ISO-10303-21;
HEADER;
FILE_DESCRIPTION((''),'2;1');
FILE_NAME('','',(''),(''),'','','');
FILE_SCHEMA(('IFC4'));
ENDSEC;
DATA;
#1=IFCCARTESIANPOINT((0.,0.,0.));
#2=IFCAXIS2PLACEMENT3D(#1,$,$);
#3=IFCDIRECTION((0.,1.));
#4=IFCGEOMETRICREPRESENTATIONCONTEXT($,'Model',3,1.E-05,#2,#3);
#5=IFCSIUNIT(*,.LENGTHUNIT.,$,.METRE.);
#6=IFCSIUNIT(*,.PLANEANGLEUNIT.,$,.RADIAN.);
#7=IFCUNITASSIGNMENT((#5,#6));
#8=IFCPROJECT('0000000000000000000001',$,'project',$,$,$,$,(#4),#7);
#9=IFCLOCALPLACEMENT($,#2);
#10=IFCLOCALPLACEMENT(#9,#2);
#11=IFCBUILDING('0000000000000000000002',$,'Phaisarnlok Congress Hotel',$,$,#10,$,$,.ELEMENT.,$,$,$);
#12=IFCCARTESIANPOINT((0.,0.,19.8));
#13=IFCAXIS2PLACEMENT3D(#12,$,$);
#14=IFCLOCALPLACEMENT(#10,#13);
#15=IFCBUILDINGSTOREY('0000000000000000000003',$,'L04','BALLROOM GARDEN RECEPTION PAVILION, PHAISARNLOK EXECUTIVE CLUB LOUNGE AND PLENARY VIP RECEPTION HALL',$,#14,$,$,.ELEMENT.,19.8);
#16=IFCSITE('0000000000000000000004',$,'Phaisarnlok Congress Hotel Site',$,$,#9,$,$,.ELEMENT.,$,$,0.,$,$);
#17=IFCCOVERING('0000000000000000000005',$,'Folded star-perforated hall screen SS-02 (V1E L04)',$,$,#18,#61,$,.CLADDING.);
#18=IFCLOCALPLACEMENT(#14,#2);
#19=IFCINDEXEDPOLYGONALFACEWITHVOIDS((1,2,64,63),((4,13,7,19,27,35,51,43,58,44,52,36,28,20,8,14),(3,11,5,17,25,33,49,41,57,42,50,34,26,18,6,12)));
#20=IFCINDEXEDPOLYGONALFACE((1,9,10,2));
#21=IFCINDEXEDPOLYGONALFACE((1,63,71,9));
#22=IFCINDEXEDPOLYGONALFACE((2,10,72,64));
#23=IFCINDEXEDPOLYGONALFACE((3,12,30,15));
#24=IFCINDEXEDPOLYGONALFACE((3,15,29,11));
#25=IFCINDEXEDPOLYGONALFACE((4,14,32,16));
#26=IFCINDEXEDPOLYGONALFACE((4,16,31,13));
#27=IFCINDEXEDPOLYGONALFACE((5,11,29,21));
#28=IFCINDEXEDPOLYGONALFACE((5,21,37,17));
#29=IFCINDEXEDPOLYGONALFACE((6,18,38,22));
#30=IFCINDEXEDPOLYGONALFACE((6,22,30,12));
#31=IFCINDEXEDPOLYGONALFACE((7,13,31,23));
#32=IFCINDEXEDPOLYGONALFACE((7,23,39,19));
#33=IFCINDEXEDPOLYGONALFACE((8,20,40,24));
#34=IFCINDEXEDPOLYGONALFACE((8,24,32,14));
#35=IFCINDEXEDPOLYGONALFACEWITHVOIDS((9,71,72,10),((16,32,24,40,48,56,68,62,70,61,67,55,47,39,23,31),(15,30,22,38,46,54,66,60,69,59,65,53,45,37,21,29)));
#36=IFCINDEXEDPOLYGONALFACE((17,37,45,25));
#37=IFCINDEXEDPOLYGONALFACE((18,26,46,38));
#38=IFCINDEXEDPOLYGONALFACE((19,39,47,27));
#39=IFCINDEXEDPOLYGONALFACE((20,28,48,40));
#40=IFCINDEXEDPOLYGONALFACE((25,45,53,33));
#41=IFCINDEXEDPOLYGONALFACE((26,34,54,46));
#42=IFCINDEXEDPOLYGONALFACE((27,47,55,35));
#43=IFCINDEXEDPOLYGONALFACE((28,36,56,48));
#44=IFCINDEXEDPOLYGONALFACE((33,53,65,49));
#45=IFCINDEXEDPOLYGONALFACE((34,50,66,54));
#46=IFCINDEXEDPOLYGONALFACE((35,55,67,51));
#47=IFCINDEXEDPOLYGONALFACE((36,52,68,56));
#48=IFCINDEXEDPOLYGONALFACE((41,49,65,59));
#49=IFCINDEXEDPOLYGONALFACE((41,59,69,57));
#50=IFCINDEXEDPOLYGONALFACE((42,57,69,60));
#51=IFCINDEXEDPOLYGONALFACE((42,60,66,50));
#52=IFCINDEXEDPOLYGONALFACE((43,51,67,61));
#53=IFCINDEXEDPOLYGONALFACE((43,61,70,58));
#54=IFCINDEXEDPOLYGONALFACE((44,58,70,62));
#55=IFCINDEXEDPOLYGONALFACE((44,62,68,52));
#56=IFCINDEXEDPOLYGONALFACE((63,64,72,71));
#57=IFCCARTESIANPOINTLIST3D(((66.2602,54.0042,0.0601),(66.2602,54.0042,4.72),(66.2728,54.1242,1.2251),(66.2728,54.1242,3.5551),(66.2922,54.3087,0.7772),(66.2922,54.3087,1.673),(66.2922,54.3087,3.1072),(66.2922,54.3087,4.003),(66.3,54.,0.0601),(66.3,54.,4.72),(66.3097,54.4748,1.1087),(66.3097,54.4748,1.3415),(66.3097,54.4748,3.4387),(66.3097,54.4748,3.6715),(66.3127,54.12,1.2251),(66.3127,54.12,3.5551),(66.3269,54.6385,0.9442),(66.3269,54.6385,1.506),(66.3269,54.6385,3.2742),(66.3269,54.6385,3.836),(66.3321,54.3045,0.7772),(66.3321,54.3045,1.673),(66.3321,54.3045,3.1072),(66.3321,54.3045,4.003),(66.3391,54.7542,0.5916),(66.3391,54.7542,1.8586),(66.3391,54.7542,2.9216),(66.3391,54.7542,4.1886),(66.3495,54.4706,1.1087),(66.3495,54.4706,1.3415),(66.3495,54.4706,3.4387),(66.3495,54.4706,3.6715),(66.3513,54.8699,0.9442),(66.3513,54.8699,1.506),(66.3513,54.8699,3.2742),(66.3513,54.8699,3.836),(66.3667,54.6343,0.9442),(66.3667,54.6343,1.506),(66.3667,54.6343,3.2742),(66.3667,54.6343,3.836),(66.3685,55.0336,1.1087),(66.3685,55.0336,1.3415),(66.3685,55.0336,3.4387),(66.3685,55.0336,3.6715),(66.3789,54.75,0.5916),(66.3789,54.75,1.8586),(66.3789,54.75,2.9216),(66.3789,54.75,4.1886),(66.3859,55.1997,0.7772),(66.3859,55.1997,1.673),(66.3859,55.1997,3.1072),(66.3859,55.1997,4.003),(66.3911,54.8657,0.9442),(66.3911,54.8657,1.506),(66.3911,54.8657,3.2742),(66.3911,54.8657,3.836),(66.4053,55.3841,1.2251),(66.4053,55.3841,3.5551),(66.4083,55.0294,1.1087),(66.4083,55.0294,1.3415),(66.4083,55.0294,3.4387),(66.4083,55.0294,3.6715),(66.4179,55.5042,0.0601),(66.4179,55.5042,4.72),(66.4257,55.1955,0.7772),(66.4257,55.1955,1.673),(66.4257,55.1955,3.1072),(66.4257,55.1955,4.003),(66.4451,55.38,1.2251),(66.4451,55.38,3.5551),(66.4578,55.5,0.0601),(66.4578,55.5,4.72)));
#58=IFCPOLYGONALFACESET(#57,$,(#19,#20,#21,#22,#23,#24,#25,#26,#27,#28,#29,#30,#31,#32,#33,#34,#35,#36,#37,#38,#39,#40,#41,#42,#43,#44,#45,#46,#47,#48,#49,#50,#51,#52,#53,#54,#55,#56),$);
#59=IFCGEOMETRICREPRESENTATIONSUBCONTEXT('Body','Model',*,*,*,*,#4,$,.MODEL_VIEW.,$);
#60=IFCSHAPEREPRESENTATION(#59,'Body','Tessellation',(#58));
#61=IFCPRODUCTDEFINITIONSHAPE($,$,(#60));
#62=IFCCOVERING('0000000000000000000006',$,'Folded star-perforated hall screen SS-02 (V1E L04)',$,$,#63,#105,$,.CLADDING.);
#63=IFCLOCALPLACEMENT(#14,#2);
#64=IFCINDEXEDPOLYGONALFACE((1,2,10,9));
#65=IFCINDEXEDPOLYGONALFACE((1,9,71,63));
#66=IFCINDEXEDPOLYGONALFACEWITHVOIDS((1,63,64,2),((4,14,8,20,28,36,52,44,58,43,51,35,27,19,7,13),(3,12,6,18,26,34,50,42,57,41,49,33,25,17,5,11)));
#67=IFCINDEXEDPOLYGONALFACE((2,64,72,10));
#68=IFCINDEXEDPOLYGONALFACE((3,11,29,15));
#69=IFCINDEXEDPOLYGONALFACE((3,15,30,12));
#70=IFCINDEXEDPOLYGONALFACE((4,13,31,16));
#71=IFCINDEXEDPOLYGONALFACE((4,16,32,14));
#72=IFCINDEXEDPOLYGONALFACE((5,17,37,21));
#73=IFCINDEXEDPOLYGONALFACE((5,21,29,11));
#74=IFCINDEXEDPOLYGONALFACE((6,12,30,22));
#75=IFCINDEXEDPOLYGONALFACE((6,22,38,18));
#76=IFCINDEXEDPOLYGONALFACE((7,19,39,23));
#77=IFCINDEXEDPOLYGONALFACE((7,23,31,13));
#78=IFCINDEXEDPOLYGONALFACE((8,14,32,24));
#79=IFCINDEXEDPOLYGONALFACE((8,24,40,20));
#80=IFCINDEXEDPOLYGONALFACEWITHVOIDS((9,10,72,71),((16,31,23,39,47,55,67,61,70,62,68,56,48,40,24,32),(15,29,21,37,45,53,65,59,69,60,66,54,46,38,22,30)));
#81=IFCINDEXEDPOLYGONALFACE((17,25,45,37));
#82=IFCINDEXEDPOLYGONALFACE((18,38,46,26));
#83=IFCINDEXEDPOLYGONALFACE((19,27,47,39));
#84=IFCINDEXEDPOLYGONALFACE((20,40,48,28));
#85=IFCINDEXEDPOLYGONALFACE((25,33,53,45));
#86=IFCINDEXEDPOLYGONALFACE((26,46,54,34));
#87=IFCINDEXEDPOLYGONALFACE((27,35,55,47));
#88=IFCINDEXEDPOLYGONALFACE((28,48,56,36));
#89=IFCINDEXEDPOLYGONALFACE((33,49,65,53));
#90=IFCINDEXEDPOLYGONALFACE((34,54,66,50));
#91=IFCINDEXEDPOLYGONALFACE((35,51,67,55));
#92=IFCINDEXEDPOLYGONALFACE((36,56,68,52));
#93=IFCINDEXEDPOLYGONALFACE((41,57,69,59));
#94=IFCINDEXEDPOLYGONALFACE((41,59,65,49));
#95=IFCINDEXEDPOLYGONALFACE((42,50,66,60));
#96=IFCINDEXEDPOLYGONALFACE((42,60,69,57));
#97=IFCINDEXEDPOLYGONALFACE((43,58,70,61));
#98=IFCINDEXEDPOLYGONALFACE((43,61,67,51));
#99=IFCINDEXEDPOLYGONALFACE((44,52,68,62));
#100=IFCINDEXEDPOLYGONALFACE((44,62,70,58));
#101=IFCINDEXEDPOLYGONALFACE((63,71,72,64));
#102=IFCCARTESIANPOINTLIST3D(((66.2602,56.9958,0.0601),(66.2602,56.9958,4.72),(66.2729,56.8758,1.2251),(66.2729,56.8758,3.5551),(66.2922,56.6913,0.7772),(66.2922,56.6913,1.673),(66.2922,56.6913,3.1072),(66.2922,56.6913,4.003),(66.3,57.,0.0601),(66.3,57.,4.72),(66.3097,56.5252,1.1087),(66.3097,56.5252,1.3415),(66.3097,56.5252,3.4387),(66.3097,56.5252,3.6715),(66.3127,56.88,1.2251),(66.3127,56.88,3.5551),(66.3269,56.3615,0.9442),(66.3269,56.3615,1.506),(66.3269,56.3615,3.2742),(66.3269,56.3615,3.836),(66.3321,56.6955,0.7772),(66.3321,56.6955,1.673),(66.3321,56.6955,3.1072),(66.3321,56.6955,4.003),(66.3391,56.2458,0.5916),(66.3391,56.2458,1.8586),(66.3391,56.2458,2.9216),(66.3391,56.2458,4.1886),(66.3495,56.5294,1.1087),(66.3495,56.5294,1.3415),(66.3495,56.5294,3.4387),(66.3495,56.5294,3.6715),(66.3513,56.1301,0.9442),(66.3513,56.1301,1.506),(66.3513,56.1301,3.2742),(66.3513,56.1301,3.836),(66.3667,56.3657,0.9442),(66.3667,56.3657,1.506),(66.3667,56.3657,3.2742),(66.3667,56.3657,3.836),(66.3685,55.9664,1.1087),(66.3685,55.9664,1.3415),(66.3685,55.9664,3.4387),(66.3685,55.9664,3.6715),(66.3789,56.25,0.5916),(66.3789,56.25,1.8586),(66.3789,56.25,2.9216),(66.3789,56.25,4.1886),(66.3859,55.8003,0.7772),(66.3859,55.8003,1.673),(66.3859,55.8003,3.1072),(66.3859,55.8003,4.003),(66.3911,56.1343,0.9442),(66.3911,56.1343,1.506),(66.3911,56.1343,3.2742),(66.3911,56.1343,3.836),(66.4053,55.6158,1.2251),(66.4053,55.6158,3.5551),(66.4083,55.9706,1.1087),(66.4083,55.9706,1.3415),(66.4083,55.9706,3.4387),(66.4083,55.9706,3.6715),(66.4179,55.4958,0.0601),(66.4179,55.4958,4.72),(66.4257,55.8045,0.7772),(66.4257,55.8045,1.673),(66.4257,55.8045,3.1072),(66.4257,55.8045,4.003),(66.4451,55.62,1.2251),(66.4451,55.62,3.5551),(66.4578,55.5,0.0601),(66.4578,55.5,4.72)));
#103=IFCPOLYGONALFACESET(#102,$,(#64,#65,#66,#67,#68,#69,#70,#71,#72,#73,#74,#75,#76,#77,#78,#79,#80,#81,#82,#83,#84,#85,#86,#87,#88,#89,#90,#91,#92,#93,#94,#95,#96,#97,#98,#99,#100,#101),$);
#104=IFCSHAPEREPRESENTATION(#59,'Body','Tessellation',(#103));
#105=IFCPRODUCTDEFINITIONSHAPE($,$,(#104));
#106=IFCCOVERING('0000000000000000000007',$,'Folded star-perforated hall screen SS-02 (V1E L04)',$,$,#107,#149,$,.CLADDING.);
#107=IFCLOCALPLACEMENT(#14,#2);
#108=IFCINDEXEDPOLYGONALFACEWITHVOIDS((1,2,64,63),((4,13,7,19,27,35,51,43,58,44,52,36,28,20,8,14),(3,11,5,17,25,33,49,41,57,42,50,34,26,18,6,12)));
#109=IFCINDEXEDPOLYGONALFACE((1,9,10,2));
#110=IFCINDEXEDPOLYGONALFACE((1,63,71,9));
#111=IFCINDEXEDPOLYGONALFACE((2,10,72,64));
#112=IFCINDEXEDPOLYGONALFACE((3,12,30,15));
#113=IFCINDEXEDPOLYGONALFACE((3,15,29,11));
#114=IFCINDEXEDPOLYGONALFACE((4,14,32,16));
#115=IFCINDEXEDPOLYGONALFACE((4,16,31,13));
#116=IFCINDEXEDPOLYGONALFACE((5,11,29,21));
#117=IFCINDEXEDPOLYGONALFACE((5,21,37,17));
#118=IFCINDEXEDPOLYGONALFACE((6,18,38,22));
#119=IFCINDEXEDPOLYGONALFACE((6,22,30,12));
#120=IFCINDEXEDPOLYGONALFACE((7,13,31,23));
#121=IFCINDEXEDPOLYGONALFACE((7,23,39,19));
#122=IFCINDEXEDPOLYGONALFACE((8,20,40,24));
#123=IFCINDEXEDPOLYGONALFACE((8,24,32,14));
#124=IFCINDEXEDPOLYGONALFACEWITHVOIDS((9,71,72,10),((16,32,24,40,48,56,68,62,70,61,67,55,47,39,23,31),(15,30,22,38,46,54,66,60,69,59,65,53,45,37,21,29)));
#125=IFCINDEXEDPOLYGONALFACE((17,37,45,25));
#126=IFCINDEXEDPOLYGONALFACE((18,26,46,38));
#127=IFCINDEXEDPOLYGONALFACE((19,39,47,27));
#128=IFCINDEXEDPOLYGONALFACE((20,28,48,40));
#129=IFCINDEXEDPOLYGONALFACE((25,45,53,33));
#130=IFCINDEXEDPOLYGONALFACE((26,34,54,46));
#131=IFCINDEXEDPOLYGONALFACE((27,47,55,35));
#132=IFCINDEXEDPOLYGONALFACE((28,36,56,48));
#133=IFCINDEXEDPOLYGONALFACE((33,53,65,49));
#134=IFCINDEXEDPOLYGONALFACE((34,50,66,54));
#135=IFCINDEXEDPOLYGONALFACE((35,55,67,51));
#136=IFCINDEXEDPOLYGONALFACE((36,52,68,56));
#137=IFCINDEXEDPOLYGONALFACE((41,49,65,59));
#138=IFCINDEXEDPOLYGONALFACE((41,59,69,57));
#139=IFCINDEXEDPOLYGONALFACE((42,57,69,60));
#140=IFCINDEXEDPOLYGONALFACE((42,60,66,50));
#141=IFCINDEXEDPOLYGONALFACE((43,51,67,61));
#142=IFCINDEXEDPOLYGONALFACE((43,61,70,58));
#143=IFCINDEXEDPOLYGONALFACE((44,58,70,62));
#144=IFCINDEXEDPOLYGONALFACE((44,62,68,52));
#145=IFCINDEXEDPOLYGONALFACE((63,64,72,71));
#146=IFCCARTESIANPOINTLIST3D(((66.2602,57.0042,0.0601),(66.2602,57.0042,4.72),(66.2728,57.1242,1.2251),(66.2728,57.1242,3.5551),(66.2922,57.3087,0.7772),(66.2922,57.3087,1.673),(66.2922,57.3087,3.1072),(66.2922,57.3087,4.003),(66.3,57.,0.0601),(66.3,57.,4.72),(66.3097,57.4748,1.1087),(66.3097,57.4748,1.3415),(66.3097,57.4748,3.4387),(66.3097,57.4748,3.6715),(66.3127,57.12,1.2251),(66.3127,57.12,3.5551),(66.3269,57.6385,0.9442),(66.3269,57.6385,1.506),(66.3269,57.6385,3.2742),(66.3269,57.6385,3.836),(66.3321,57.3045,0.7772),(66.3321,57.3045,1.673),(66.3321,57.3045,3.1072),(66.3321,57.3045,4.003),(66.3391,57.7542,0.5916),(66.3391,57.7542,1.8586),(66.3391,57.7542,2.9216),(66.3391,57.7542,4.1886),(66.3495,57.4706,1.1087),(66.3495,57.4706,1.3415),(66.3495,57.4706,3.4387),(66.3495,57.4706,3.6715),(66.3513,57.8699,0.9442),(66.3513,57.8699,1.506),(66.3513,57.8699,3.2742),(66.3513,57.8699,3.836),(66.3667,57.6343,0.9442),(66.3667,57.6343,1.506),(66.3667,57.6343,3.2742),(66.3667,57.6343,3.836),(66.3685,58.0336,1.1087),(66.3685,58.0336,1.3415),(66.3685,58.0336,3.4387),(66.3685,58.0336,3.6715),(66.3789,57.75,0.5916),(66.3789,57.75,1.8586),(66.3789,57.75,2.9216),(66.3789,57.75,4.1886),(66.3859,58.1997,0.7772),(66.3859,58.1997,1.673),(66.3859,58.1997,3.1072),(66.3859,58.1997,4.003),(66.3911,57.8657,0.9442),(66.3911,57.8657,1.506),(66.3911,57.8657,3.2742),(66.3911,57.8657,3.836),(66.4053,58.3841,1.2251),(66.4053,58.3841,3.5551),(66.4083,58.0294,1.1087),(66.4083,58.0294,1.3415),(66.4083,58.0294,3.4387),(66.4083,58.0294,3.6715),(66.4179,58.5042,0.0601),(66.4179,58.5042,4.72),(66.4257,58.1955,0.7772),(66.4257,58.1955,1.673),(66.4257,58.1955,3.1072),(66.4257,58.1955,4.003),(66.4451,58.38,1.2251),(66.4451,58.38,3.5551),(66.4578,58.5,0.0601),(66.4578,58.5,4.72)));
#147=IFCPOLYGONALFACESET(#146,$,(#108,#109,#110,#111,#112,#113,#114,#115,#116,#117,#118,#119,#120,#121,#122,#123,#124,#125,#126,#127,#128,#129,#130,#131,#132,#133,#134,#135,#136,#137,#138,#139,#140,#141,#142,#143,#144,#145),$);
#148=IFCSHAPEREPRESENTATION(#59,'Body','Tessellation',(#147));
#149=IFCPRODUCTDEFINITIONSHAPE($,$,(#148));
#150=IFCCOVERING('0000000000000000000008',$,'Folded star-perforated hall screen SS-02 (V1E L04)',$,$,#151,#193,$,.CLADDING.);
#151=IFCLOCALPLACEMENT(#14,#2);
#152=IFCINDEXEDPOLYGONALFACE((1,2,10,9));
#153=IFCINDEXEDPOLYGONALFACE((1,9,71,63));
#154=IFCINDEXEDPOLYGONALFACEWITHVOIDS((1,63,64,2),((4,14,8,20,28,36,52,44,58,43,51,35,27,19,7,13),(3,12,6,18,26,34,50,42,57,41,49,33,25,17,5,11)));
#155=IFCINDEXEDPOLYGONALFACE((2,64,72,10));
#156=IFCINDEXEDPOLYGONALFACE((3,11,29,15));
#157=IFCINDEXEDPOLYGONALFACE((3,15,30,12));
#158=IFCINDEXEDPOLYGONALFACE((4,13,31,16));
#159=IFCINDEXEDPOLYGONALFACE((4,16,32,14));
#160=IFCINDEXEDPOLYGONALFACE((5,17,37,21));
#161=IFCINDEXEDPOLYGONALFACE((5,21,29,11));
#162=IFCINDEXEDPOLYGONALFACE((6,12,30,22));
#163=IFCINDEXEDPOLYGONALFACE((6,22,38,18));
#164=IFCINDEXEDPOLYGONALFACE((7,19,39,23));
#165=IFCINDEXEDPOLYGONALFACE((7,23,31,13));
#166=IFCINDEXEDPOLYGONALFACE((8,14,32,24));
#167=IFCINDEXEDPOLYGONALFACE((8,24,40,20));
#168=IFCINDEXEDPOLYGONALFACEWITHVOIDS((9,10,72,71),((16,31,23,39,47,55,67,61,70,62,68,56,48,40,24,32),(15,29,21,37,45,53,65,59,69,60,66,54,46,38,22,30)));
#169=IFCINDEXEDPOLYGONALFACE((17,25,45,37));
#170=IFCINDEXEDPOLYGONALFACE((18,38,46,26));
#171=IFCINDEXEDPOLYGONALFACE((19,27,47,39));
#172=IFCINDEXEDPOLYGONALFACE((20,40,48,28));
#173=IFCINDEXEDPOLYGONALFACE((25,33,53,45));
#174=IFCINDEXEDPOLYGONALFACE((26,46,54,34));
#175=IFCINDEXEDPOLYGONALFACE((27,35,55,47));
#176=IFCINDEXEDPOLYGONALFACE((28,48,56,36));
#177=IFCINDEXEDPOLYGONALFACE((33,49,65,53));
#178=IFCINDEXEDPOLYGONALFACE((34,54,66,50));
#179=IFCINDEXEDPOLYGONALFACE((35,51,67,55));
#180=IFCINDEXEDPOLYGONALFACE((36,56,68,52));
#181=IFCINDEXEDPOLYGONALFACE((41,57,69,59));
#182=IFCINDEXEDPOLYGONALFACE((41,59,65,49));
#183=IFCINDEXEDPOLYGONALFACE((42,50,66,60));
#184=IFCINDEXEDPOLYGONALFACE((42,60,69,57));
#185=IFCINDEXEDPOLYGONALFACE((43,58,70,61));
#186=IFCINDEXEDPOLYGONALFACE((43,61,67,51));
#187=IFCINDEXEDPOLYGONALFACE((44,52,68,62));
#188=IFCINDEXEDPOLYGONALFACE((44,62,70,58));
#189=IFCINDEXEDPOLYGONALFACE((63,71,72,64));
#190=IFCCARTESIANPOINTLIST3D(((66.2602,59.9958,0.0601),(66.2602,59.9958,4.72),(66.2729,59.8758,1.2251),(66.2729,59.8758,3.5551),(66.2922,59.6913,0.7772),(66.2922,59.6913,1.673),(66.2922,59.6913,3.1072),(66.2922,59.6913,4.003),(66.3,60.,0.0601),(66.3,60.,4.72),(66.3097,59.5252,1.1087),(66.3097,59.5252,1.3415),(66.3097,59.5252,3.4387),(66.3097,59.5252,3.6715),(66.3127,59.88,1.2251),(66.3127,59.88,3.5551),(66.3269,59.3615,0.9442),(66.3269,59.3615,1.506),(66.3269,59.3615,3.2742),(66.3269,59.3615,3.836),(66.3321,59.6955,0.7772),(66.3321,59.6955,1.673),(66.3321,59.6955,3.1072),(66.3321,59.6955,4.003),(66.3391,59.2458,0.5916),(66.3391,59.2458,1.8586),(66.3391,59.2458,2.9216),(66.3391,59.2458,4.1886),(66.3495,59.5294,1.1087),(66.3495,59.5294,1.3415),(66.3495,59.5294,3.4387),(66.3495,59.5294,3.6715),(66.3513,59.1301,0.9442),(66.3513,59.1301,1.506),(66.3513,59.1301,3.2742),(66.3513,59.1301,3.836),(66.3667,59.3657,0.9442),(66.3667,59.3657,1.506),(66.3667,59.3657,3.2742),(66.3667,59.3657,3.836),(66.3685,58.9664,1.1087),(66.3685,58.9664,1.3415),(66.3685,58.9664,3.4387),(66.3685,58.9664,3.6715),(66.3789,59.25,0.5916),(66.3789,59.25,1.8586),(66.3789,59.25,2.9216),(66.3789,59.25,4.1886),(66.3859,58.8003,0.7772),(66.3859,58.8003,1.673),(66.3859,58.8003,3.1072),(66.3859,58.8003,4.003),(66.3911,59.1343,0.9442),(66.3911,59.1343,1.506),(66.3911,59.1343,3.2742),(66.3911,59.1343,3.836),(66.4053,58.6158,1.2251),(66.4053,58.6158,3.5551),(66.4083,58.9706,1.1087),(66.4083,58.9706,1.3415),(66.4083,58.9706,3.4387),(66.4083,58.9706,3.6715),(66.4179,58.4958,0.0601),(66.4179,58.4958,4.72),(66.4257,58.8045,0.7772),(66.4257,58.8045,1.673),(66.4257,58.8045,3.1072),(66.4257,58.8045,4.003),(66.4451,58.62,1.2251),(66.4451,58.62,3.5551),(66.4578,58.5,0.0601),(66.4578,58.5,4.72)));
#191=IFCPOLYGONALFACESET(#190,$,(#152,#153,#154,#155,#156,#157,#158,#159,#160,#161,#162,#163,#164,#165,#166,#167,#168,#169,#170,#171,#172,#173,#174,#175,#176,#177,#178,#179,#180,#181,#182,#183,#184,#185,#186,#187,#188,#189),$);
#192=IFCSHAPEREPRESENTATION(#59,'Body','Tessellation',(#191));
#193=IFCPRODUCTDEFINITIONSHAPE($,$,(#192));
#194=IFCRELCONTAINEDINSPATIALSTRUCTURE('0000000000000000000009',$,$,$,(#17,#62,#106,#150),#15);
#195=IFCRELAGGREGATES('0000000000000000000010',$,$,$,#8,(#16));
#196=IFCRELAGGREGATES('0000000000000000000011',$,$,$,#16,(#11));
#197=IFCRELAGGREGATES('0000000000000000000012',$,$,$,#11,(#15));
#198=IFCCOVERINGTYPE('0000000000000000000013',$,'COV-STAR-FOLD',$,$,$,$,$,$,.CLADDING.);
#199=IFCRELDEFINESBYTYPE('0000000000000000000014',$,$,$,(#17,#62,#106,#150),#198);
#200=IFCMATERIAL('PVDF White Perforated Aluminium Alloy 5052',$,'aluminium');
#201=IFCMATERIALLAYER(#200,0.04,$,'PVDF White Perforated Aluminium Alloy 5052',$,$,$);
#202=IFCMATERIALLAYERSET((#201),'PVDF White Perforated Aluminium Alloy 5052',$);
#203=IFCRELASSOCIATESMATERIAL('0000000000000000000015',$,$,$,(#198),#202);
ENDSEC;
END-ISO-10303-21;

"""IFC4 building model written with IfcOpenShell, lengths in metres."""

from ifc_helpers import new_model, si_unit, direction, frame, origin, place, context, subcontext, project, spatial, polyline, outline, extrude, material, layer, layer_set, type_object, element, save


model = new_model("IFC4")

# Units and contexts
model_context = context("Model", 3, precision=1e-05, world=origin(), true_north=direction((0.0, 1.0)))
body_context = subcontext(model_context, "Body", "Model", "MODEL_VIEW")
ifc_project = project(units=[si_unit("LENGTHUNIT", "METRE"), si_unit("PLANEANGLEUNIT", "RADIAN")], contexts=[model_context])

# Site, building, storey
site_placement = place(None, origin())
site = spatial("IfcSite", under=ifc_project, at=site_placement, Name="Phaisarnlok Congress Hotel Site", CompositionType="ELEMENT", RefElevation=0.0)
building_placement = place(site_placement, origin())
building = spatial("IfcBuilding", under=site, at=building_placement, Name="Phaisarnlok Congress Hotel", CompositionType="ELEMENT")
storey_placement = place(building_placement, frame((0.0, 0.0, 19.8)))
storey = spatial("IfcBuildingStorey", under=building, at=storey_placement, Name="L04", Description="BALLROOM GARDEN RECEPTION PAVILION, PHAISARNLOK EXECUTIVE CLUB LOUNGE AND PLENARY VIP RECEPTION HALL", CompositionType="ELEMENT", Elevation=19.8)

# Coverings
ifc_material_1 = material(Name="PVDF White Perforated Aluminium Alloy 5052", Category="aluminium")
ifc_layer_1 = layer(ifc_material_1, 0.04, Name="PVDF White Perforated Aluminium Alloy 5052")
ifc_layer_set_1 = layer_set([ifc_layer_1], Name="PVDF White Perforated Aluminium Alloy 5052")
covering_type = type_object("IfcCoveringType", Name="COV-STAR-FOLD", PredefinedType="CLADDING", material=ifc_layer_set_1)
for number, where, z_axis, x_axis, name in (
    (1, (66.4578, 55.5, 0.0601), (-0.994518, 0.104567, 0.0), (-0.104567, -0.994518, 0.0), "Folded star-perforated hall screen SS-02 (V1E L04)"),
    (2, (66.3, 57.0, 0.0601), (-0.994518, -0.104567, 0.0), (0.104567, -0.994518, 0.0), "Folded star-perforated hall screen SS-02 (V1E L04)"),
    (3, (66.4578, 58.5, 0.0601), (-0.994518, 0.104567, 0.0), (-0.104567, -0.994518, 0.0), "Folded star-perforated hall screen SS-02 (V1E L04)"),
    (4, (66.3, 60.0, 0.0601), (-0.994518, -0.104567, 0.0), (0.104567, -0.994518, 0.0), "Folded star-perforated hall screen SS-02 (V1E L04)"),
):
    element("IfcCovering", number, at=place(storey_placement, frame(where, z_axis=z_axis, x_axis=x_axis)), inside=storey, type_object=covering_type, Name=name, PredefinedType="CLADDING", context=body_context, shape_type="SweptSolid", body=[
        extrude(outline(polyline([(0.0, 0.0), (1.5083, 0.0), (1.5083, 4.6599), (0.0, 4.6599), (0.0, 0.0)]), holes=[polyline([(1.0351, 1.0486), (1.2021, 0.7171), (0.8705, 0.8841), (0.7541, 0.5315), (0.6378, 0.8841), (0.3062, 0.7171), (0.4732, 1.0486), (0.1207, 1.165), (0.4732, 1.2814), (0.3062, 1.6129), (0.6378, 1.4459), (0.7541, 1.7985), (0.8705, 1.4459), (1.2021, 1.6129), (1.0351, 1.2814), (1.3876, 1.165), (1.0351, 1.0486)]), polyline([(1.0351, 3.3786), (1.2021, 3.0471), (0.8705, 3.2141), (0.7541, 2.8615), (0.6378, 3.2141), (0.3062, 3.0471), (0.4732, 3.3786), (0.1207, 3.495), (0.4732, 3.6114), (0.3062, 3.9429), (0.6378, 3.7759), (0.7541, 4.1285), (0.8705, 3.7759), (1.2021, 3.9429), (1.0351, 3.6114), (1.3876, 3.495), (1.0351, 3.3786)])]), origin(), (0.0, 0.0, 1.0), 0.04),
    ])

save(model, "model.ifc")
